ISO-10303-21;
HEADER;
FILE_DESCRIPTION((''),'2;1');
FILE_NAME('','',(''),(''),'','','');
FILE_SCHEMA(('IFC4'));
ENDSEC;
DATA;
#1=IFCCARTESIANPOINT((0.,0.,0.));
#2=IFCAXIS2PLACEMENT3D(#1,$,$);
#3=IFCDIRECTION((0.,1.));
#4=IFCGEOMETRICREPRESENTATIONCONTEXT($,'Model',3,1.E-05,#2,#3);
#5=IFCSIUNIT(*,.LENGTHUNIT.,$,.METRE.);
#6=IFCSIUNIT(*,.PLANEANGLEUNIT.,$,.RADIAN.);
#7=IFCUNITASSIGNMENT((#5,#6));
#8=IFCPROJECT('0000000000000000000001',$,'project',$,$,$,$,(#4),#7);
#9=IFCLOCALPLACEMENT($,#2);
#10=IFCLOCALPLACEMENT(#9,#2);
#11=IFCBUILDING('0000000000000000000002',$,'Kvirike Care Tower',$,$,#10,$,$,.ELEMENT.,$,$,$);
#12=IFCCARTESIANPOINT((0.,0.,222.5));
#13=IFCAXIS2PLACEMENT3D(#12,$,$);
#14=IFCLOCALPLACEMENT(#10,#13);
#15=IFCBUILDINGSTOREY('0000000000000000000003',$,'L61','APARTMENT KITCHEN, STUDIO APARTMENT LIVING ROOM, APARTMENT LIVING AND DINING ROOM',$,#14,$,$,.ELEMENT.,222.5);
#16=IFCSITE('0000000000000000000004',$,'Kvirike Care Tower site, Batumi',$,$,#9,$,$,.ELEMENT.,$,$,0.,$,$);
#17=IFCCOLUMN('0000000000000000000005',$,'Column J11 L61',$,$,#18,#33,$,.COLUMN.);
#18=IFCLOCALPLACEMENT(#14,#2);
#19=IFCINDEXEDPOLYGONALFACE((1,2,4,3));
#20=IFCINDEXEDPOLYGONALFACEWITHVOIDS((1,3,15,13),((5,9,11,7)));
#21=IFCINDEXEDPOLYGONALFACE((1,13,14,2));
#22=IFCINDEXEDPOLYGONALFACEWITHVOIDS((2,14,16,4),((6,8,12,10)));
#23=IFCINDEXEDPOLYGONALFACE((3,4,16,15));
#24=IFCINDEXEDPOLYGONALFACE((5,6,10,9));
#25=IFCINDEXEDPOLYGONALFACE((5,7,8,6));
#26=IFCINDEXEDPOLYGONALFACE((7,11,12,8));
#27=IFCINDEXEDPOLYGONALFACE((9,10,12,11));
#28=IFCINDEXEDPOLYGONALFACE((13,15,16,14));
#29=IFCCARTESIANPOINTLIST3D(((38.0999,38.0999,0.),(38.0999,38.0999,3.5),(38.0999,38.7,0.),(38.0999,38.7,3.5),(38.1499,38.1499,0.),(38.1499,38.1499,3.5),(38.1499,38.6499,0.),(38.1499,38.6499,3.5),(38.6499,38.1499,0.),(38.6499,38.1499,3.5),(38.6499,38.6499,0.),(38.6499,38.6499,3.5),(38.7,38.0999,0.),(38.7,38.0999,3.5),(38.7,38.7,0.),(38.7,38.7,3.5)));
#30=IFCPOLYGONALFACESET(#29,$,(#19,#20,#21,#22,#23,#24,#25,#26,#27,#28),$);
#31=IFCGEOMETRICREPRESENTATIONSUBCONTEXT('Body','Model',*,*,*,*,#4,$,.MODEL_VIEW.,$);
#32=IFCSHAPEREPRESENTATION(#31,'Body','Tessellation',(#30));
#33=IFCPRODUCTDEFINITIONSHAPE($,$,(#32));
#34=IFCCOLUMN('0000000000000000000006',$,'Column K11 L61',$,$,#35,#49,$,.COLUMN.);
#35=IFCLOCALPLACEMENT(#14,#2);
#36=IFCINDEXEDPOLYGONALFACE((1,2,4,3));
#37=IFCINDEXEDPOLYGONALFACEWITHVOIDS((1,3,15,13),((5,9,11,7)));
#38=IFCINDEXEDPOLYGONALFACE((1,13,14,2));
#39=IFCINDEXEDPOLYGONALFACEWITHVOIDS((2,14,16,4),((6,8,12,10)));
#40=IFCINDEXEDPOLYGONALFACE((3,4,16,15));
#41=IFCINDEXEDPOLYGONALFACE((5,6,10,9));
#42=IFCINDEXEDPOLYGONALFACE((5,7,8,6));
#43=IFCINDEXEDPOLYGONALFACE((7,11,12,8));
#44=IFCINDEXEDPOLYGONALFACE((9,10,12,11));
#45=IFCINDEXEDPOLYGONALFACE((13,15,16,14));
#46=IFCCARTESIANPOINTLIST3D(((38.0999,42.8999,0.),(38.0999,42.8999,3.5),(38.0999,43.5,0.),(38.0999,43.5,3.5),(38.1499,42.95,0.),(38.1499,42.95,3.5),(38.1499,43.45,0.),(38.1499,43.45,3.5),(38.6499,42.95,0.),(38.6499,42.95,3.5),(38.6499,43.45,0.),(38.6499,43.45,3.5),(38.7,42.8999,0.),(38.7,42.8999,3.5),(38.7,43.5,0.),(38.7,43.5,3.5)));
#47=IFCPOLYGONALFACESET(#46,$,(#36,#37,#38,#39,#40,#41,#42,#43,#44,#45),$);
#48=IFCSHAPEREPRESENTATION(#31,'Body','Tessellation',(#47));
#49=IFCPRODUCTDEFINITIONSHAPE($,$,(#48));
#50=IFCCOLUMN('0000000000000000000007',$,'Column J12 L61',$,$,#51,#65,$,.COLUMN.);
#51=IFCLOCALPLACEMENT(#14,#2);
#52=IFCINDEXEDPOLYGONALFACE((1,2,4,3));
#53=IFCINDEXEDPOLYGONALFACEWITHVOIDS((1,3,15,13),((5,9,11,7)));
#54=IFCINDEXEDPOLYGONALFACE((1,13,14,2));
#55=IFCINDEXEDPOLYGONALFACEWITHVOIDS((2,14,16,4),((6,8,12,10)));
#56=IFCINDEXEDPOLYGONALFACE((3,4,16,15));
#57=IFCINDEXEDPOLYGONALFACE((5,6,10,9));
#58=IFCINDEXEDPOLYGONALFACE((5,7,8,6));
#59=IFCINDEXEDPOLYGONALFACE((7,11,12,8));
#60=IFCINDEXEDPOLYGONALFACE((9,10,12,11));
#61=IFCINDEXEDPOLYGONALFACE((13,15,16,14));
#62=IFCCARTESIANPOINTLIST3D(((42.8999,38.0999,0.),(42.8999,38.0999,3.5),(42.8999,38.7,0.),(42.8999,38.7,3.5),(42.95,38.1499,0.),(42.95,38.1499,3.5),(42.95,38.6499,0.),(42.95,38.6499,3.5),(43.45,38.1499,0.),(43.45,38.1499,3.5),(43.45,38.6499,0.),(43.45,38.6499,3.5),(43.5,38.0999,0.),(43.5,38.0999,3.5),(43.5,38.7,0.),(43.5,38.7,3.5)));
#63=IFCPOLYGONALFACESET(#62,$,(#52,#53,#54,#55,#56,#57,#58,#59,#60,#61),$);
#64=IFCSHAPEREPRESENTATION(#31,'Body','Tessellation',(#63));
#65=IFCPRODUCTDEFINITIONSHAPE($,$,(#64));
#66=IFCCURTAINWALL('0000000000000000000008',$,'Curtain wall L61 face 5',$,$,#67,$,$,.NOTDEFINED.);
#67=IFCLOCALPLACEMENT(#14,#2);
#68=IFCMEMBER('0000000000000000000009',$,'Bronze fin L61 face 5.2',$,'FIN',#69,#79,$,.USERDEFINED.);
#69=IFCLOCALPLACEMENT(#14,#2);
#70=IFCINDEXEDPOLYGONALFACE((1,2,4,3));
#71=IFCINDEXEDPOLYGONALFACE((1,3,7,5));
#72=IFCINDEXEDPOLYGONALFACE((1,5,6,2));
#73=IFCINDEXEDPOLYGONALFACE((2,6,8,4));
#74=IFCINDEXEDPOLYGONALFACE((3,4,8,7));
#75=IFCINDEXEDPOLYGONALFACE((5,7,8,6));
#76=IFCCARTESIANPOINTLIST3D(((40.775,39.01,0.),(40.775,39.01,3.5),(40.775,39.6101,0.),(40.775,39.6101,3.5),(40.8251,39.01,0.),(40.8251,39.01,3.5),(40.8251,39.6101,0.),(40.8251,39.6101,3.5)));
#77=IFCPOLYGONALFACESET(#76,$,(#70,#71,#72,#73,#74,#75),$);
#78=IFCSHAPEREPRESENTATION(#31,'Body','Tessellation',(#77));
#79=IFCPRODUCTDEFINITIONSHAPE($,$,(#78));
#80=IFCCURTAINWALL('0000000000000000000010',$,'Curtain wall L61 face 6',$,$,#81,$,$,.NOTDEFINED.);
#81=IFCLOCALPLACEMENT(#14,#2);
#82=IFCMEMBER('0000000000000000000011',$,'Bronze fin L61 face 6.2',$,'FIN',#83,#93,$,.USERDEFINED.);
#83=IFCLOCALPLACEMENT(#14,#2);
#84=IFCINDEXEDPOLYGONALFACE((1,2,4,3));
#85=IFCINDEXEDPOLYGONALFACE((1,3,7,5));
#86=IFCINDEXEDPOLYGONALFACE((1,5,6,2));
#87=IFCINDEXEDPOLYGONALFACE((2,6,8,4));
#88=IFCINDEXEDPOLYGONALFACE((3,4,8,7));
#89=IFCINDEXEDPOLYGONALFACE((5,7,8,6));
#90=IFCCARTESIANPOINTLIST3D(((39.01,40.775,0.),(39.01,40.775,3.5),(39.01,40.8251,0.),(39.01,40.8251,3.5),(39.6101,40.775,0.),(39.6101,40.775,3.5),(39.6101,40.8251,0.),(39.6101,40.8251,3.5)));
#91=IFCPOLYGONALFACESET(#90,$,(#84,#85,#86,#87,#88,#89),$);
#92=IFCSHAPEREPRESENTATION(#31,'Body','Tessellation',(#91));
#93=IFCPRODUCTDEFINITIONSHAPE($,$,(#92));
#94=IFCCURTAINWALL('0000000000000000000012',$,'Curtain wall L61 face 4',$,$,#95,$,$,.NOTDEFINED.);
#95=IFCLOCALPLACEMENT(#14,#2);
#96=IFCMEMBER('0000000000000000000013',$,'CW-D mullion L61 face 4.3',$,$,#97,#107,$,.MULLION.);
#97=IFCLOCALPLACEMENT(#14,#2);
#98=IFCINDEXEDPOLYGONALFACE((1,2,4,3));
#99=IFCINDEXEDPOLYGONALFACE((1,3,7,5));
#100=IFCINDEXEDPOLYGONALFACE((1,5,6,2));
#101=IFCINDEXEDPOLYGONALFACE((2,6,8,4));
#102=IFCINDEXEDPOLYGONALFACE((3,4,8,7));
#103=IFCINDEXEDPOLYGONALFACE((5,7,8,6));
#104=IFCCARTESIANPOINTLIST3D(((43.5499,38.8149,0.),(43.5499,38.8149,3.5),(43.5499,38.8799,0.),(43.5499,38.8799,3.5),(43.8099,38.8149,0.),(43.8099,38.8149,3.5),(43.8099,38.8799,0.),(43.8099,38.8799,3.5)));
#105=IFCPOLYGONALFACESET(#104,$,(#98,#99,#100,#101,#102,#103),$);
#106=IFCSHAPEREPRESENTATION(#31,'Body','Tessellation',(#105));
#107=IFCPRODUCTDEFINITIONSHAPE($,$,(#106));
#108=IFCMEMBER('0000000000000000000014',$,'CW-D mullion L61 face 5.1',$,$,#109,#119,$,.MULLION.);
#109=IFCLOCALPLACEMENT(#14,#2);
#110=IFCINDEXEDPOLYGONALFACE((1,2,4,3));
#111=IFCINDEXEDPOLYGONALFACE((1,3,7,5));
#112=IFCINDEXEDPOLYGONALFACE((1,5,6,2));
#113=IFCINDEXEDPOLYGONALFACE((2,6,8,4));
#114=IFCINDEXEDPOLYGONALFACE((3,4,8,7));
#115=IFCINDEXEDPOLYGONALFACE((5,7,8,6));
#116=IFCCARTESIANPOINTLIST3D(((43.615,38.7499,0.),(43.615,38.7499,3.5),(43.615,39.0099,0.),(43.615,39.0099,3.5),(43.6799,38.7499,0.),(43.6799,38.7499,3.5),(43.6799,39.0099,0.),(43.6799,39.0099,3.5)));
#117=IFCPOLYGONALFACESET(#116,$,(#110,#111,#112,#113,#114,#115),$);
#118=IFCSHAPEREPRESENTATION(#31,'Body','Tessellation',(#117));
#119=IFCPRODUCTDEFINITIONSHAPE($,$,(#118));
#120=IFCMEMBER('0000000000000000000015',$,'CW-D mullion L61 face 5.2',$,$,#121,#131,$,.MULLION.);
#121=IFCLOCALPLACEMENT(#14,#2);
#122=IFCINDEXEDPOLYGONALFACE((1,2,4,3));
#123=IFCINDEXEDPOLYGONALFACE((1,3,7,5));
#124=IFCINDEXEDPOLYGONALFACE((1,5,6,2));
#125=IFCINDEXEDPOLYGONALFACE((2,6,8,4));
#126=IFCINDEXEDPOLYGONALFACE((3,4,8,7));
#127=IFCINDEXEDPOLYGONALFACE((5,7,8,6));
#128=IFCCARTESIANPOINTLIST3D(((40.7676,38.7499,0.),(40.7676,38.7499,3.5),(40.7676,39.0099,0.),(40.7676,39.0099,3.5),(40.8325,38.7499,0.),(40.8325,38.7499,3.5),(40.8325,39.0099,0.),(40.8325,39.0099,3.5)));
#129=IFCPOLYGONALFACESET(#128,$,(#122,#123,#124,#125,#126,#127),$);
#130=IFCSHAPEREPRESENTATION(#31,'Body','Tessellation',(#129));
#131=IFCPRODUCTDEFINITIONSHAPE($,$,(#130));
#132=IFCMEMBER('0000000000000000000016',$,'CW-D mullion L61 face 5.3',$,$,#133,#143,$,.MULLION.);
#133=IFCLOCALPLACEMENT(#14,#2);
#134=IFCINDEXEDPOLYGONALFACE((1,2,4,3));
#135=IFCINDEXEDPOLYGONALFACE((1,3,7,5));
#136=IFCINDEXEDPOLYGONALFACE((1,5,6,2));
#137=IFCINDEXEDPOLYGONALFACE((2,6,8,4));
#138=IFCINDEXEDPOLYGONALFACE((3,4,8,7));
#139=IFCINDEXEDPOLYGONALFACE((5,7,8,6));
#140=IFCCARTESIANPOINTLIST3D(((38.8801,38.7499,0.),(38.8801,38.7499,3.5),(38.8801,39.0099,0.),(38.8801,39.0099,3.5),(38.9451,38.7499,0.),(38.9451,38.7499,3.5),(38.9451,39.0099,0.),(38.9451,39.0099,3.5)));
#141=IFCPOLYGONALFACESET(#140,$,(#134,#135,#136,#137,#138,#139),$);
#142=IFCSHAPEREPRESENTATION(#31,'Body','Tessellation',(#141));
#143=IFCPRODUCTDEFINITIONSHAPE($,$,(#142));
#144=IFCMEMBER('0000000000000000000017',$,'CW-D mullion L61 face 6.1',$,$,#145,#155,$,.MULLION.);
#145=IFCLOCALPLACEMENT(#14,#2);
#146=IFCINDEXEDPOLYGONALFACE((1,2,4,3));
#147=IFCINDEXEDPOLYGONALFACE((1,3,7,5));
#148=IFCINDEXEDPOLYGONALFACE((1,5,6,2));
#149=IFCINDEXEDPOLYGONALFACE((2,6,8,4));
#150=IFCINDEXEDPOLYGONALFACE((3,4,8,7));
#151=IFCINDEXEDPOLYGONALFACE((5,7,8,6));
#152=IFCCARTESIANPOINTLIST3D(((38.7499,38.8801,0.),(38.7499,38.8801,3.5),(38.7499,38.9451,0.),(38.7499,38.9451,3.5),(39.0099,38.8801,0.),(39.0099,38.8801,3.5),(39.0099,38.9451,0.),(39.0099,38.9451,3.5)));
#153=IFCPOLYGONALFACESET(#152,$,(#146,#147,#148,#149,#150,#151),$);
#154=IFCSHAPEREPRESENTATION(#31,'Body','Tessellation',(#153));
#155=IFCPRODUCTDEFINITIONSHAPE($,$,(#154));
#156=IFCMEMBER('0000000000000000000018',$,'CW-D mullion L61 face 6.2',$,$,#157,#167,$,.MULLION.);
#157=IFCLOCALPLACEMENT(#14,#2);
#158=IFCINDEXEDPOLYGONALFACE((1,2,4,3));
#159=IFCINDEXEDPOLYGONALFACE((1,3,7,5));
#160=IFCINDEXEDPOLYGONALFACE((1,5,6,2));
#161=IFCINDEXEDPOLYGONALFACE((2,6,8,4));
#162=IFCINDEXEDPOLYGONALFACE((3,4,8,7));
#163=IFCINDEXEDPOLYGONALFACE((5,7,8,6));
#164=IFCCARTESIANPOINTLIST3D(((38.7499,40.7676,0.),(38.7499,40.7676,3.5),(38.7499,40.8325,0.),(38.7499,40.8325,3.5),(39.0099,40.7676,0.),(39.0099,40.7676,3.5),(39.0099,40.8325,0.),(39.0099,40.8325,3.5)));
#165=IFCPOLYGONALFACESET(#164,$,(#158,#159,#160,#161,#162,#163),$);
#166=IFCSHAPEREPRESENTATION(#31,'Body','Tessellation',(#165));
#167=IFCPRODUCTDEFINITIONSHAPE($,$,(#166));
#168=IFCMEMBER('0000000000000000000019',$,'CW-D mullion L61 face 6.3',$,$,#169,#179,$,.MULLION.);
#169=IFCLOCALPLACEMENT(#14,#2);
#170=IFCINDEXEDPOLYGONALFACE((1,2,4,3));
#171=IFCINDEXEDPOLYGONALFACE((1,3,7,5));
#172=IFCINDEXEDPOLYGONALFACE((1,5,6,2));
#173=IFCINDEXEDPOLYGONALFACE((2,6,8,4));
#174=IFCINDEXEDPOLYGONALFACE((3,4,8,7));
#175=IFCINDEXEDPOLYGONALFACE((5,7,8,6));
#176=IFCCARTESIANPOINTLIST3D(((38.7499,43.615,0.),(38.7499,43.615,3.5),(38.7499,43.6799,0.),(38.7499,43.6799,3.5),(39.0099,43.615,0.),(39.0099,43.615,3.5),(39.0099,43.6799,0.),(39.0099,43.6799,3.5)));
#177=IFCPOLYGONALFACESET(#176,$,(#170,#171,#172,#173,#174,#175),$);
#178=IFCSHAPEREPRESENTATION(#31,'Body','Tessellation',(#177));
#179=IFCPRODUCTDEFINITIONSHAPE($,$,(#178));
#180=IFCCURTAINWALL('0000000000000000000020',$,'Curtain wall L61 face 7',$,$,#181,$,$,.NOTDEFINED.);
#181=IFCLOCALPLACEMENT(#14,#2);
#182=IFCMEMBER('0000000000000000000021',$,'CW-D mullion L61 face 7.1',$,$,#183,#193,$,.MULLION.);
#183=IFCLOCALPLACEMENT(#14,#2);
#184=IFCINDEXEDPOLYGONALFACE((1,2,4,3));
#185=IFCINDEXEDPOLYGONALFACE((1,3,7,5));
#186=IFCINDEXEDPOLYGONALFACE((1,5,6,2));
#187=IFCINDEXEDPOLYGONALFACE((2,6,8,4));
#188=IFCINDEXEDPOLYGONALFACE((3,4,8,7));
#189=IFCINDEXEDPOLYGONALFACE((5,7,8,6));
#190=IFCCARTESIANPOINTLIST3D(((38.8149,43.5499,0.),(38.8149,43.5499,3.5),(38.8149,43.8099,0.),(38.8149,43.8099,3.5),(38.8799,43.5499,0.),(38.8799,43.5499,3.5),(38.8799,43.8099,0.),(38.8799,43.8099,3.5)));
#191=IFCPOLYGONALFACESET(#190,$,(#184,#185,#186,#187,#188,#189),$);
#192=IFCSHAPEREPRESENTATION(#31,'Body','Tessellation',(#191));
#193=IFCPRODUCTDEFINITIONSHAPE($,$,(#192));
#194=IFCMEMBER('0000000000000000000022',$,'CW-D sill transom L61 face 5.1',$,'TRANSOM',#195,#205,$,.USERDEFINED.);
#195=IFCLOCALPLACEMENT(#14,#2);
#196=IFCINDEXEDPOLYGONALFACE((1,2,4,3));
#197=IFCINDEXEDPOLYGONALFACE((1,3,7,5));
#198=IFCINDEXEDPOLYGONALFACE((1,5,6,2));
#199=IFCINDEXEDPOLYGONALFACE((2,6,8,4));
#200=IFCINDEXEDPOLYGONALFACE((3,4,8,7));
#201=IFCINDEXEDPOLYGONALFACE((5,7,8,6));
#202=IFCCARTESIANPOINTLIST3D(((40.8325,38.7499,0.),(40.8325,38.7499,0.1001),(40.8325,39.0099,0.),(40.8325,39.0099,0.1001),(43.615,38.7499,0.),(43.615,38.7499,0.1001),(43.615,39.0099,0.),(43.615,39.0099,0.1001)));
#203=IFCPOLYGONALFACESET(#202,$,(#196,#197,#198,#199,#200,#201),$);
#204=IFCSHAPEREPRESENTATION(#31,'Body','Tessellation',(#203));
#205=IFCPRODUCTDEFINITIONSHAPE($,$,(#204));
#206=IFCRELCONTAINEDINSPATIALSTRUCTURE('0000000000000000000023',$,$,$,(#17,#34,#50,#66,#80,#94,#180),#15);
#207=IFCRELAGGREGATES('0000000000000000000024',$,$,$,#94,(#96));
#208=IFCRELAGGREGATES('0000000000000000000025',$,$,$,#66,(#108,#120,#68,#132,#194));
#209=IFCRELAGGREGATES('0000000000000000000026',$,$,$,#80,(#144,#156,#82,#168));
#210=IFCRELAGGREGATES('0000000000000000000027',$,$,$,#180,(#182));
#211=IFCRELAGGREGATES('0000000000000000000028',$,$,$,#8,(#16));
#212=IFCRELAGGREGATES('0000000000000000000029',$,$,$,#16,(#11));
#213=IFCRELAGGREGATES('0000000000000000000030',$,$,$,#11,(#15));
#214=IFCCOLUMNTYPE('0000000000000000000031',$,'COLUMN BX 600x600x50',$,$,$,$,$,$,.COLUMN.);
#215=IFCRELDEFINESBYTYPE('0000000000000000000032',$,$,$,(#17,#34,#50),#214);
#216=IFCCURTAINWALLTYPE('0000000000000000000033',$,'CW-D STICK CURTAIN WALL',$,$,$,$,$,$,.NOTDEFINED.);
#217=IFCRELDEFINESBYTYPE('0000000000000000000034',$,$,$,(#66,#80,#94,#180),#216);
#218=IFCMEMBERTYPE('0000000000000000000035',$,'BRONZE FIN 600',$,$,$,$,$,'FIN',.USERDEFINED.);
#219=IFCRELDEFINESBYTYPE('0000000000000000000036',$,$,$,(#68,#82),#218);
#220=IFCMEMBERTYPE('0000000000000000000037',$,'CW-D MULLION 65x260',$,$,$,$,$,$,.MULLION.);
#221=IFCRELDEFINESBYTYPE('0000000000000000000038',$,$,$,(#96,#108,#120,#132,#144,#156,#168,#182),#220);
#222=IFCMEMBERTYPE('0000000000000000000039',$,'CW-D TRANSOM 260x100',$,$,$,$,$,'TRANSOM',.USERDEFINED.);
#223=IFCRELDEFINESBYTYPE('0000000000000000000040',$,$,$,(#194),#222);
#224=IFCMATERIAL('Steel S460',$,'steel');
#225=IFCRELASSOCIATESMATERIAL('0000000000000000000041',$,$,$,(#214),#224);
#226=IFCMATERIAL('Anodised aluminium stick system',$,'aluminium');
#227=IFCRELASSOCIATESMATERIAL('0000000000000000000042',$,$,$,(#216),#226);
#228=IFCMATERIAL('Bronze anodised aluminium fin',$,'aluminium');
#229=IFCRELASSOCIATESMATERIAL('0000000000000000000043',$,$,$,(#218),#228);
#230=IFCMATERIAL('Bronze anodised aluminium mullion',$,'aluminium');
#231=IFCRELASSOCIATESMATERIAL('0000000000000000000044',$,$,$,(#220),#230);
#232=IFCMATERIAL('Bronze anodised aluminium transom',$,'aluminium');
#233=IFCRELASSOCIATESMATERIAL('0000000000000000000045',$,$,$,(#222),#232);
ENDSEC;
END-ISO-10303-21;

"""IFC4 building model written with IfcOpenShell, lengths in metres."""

from ifc_helpers import new_model, si_unit, direction, frame, origin, origin_2d, place, context, subcontext, project, spatial, rectangle, hollow_rectangle, extrude, material, material_profile, profile_set, type_object, element, aggregate, save


model = new_model("IFC4")

# Units and contexts
model_context = context("Model", 3, precision=1e-05, world=origin(), true_north=direction((0.0, 1.0)))
body_context = subcontext(model_context, "Body", "Model", "MODEL_VIEW")
ifc_project = project(units=[si_unit("LENGTHUNIT", "METRE"), si_unit("PLANEANGLEUNIT", "RADIAN")], contexts=[model_context])

# Site, building, storey
site_placement = place(None, origin())
site = spatial("IfcSite", under=ifc_project, at=site_placement, Name="Kvirike Care Tower site, Batumi", CompositionType="ELEMENT", RefElevation=0.0)
building_placement = place(site_placement, origin())
building = spatial("IfcBuilding", under=site, at=building_placement, Name="Kvirike Care Tower", CompositionType="ELEMENT")
storey_placement = place(building_placement, frame((0.0, 0.0, 222.5)))
storey = spatial("IfcBuildingStorey", under=building, at=storey_placement, Name="L61", Description="APARTMENT KITCHEN, STUDIO APARTMENT LIVING ROOM, APARTMENT LIVING AND DINING ROOM", CompositionType="ELEMENT", Elevation=222.5)

# Columns
ifc_material_1 = material(Name="Steel S460", Category="steel")
ifc_material_profile_1 = material_profile(ifc_material_1, hollow_rectangle(XDim=0.6001, YDim=0.6001, WallThickness=0.05, at=origin_2d()), Name="BX 600x600x50")
ifc_profile_set_1 = profile_set([ifc_material_profile_1], Name="Steel S460")
column_type = type_object("IfcColumnType", Name="COLUMN BX 600x600x50", PredefinedType="COLUMN", material=ifc_profile_set_1)
for number, where, z_axis, x_axis, name in (
    (1, (38.3999, 38.3999, 0.0), (0.0, 0.0, 1.0), (0.0, 1.0, 0.0), "Column J11 L61"),
    (2, (38.3999, 43.2, 0.0), (0.0, 0.0, 1.0), (0.0, 1.0, 0.0), "Column K11 L61"),
    (3, (43.2, 38.3999, 0.0), (0.0, 0.0, 1.0), (0.0, 1.0, 0.0), "Column J12 L61"),
):
    element("IfcColumn", number, at=place(storey_placement, frame(where, z_axis=z_axis, x_axis=x_axis)), inside=storey, type_object=column_type, Name=name, PredefinedType="COLUMN", context=body_context, shape_type="SweptSolid", body=[
        extrude(hollow_rectangle(XDim=0.6001, YDim=0.6001, WallThickness=0.05, at=origin_2d()), origin(), (0.0, 0.0, 1.0), 3.5),
    ])

# Curtain walls, members
ifc_material_2 = material(Name="Anodised aluminium stick system", Category="aluminium")
curtain_wall_type = type_object("IfcCurtainWallType", Name="CW-D STICK CURTAIN WALL", PredefinedType="NOTDEFINED", material=ifc_material_2)
curtain_wall_1_placement = place(storey_placement, origin())
curtain_wall_1 = element("IfcCurtainWall", 4, at=curtain_wall_1_placement, inside=storey, type_object=curtain_wall_type, Name="Curtain wall L61 face 5", PredefinedType="NOTDEFINED")
ifc_material_3 = material(Name="Bronze anodised aluminium fin", Category="aluminium")
ifc_material_profile_2 = material_profile(ifc_material_3, rectangle(XDim=0.05, YDim=0.6001, at=origin_2d()), Name="BRONZE FIN 600")
ifc_profile_set_2 = profile_set([ifc_material_profile_2], Name="Bronze anodised aluminium fin")
member_type_1 = type_object("IfcMemberType", Name="BRONZE FIN 600", ElementType="FIN", PredefinedType="USERDEFINED", material=ifc_profile_set_2)
member_1_placement = place(storey_placement, frame((40.8, 39.3101, 0.0), z_axis=(0.0, 0.0, 1.0), x_axis=(-1.0, 0.0, 0.0)))
member_1 = element("IfcMember", 5, at=member_1_placement, type_object=member_type_1, Name="Bronze fin L61 face 5.2", ObjectType="FIN", PredefinedType="USERDEFINED", context=body_context, shape_type="SweptSolid", body=[
    extrude(rectangle(XDim=0.05, YDim=0.6001, at=origin_2d()), origin(), (0.0, 0.0, 1.0), 3.5),
])
curtain_wall_2_placement = place(storey_placement, origin())
curtain_wall_2 = element("IfcCurtainWall", 6, at=curtain_wall_2_placement, inside=storey, type_object=curtain_wall_type, Name="Curtain wall L61 face 6", PredefinedType="NOTDEFINED")
member_2_placement = place(storey_placement, frame((39.3101, 40.8, 0.0), z_axis=(0.0, 0.0, 1.0), x_axis=(0.0, 1.0, 0.0)))
member_2 = element("IfcMember", 7, at=member_2_placement, type_object=member_type_1, Name="Bronze fin L61 face 6.2", ObjectType="FIN", PredefinedType="USERDEFINED", context=body_context, shape_type="SweptSolid", body=[
    extrude(rectangle(XDim=0.05, YDim=0.6001, at=origin_2d()), origin(), (0.0, 0.0, 1.0), 3.5),
])
curtain_wall_3_placement = place(storey_placement, origin())
curtain_wall_3 = element("IfcCurtainWall", 8, at=curtain_wall_3_placement, inside=storey, type_object=curtain_wall_type, Name="Curtain wall L61 face 4", PredefinedType="NOTDEFINED")
ifc_material_4 = material(Name="Bronze anodised aluminium mullion", Category="aluminium")
ifc_material_profile_3 = material_profile(ifc_material_4, rectangle(XDim=0.0649, YDim=0.26, at=origin_2d()), Name="CW-D MULLION 65x260")
ifc_profile_set_3 = profile_set([ifc_material_profile_3], Name="Bronze anodised aluminium mullion")
member_type_2 = type_object("IfcMemberType", Name="CW-D MULLION 65x260", PredefinedType="MULLION", material=ifc_profile_set_3)
member_3_placement = place(storey_placement, frame((43.6799, 38.8474, 0.0), z_axis=(0.0, 0.0, 1.0), x_axis=(0.0, 1.0, 0.0)))
member_3 = element("IfcMember", 9, at=member_3_placement, type_object=member_type_2, Name="CW-D mullion L61 face 4.3", PredefinedType="MULLION", context=body_context, shape_type="SweptSolid", body=[
    extrude(rectangle(XDim=0.0649, YDim=0.26, at=origin_2d()), origin(), (0.0, 0.0, 1.0), 3.5),
])

# Members
member_4_placement = place(storey_placement, frame((43.6475, 38.8799, 0.0), z_axis=(0.0, 0.0, 1.0), x_axis=(-1.0, 0.0, 0.0)))
member_4 = element("IfcMember", 10, at=member_4_placement, type_object=member_type_2, Name="CW-D mullion L61 face 5.1", PredefinedType="MULLION", context=body_context, shape_type="SweptSolid", body=[
    extrude(rectangle(XDim=0.0649, YDim=0.26, at=origin_2d()), origin(), (0.0, 0.0, 1.0), 3.5),
])
member_5_placement = place(storey_placement, frame((40.8, 38.8799, 0.0), z_axis=(0.0, 0.0, 1.0), x_axis=(-1.0, 0.0, 0.0)))
member_5 = element("IfcMember", 11, at=member_5_placement, type_object=member_type_2, Name="CW-D mullion L61 face 5.2", PredefinedType="MULLION", context=body_context, shape_type="SweptSolid", body=[
    extrude(rectangle(XDim=0.0649, YDim=0.26, at=origin_2d()), origin(), (0.0, 0.0, 1.0), 3.5),
])
member_6_placement = place(storey_placement, frame((38.9126, 38.8799, 0.0), z_axis=(0.0, 0.0, 1.0), x_axis=(-1.0, 0.0, 0.0)))
member_6 = element("IfcMember", 12, at=member_6_placement, type_object=member_type_2, Name="CW-D mullion L61 face 5.3", PredefinedType="MULLION", context=body_context, shape_type="SweptSolid", body=[
    extrude(rectangle(XDim=0.0649, YDim=0.26, at=origin_2d()), origin(), (0.0, 0.0, 1.0), 3.5),
])
member_7_placement = place(storey_placement, frame((38.8799, 38.9126, 0.0), z_axis=(0.0, 0.0, 1.0), x_axis=(0.0, 1.0, 0.0)))
member_7 = element("IfcMember", 13, at=member_7_placement, type_object=member_type_2, Name="CW-D mullion L61 face 6.1", PredefinedType="MULLION", context=body_context, shape_type="SweptSolid", body=[
    extrude(rectangle(XDim=0.0649, YDim=0.26, at=origin_2d()), origin(), (0.0, 0.0, 1.0), 3.5),
])
member_8_placement = place(storey_placement, frame((38.8799, 40.8, 0.0), z_axis=(0.0, 0.0, 1.0), x_axis=(0.0, 1.0, 0.0)))
member_8 = element("IfcMember", 14, at=member_8_placement, type_object=member_type_2, Name="CW-D mullion L61 face 6.2", PredefinedType="MULLION", context=body_context, shape_type="SweptSolid", body=[
    extrude(rectangle(XDim=0.0649, YDim=0.26, at=origin_2d()), origin(), (0.0, 0.0, 1.0), 3.5),
])
member_9_placement = place(storey_placement, frame((38.8799, 43.6475, 0.0), z_axis=(0.0, 0.0, 1.0), x_axis=(0.0, 1.0, 0.0)))
member_9 = element("IfcMember", 15, at=member_9_placement, type_object=member_type_2, Name="CW-D mullion L61 face 6.3", PredefinedType="MULLION", context=body_context, shape_type="SweptSolid", body=[
    extrude(rectangle(XDim=0.0649, YDim=0.26, at=origin_2d()), origin(), (0.0, 0.0, 1.0), 3.5),
])

# Curtain wall, member
curtain_wall_4_placement = place(storey_placement, origin())
curtain_wall_4 = element("IfcCurtainWall", 16, at=curtain_wall_4_placement, inside=storey, type_object=curtain_wall_type, Name="Curtain wall L61 face 7", PredefinedType="NOTDEFINED")
member_10_placement = place(storey_placement, frame((38.8474, 43.6799, 0.0), z_axis=(0.0, 0.0, 1.0), x_axis=(-1.0, 0.0, 0.0)))
member_10 = element("IfcMember", 17, at=member_10_placement, type_object=member_type_2, Name="CW-D mullion L61 face 7.1", PredefinedType="MULLION", context=body_context, shape_type="SweptSolid", body=[
    extrude(rectangle(XDim=0.0649, YDim=0.26, at=origin_2d()), origin(), (0.0, 0.0, 1.0), 3.5),
])

# Member
ifc_material_5 = material(Name="Bronze anodised aluminium transom", Category="aluminium")
ifc_material_profile_4 = material_profile(ifc_material_5, rectangle(XDim=0.26, YDim=0.1001, at=origin_2d()), Name="CW-D TRANSOM 260x100")
ifc_profile_set_4 = profile_set([ifc_material_profile_4], Name="Bronze anodised aluminium transom")
member_type_3 = type_object("IfcMemberType", Name="CW-D TRANSOM 260x100", ElementType="TRANSOM", PredefinedType="USERDEFINED", material=ifc_profile_set_4)
member_11_placement = place(storey_placement, frame((43.615, 38.8799, 0.05), z_axis=(-1.0, 0.0, 0.0), x_axis=(0.0, -1.0, 0.0)))
member_11 = element("IfcMember", 18, at=member_11_placement, type_object=member_type_3, Name="CW-D sill transom L61 face 5.1", ObjectType="TRANSOM", PredefinedType="USERDEFINED", context=body_context, shape_type="SweptSolid", body=[
    extrude(rectangle(XDim=0.26, YDim=0.1001, at=origin_2d()), origin(), (0.0, 0.0, 1.0), 2.7825),
])

aggregate(curtain_wall_3, [member_3])
aggregate(curtain_wall_1, [member_4, member_5, member_1, member_6, member_11])
aggregate(curtain_wall_2, [member_7, member_8, member_2, member_9])
aggregate(curtain_wall_4, [member_10])

save(model, "model.ifc")
